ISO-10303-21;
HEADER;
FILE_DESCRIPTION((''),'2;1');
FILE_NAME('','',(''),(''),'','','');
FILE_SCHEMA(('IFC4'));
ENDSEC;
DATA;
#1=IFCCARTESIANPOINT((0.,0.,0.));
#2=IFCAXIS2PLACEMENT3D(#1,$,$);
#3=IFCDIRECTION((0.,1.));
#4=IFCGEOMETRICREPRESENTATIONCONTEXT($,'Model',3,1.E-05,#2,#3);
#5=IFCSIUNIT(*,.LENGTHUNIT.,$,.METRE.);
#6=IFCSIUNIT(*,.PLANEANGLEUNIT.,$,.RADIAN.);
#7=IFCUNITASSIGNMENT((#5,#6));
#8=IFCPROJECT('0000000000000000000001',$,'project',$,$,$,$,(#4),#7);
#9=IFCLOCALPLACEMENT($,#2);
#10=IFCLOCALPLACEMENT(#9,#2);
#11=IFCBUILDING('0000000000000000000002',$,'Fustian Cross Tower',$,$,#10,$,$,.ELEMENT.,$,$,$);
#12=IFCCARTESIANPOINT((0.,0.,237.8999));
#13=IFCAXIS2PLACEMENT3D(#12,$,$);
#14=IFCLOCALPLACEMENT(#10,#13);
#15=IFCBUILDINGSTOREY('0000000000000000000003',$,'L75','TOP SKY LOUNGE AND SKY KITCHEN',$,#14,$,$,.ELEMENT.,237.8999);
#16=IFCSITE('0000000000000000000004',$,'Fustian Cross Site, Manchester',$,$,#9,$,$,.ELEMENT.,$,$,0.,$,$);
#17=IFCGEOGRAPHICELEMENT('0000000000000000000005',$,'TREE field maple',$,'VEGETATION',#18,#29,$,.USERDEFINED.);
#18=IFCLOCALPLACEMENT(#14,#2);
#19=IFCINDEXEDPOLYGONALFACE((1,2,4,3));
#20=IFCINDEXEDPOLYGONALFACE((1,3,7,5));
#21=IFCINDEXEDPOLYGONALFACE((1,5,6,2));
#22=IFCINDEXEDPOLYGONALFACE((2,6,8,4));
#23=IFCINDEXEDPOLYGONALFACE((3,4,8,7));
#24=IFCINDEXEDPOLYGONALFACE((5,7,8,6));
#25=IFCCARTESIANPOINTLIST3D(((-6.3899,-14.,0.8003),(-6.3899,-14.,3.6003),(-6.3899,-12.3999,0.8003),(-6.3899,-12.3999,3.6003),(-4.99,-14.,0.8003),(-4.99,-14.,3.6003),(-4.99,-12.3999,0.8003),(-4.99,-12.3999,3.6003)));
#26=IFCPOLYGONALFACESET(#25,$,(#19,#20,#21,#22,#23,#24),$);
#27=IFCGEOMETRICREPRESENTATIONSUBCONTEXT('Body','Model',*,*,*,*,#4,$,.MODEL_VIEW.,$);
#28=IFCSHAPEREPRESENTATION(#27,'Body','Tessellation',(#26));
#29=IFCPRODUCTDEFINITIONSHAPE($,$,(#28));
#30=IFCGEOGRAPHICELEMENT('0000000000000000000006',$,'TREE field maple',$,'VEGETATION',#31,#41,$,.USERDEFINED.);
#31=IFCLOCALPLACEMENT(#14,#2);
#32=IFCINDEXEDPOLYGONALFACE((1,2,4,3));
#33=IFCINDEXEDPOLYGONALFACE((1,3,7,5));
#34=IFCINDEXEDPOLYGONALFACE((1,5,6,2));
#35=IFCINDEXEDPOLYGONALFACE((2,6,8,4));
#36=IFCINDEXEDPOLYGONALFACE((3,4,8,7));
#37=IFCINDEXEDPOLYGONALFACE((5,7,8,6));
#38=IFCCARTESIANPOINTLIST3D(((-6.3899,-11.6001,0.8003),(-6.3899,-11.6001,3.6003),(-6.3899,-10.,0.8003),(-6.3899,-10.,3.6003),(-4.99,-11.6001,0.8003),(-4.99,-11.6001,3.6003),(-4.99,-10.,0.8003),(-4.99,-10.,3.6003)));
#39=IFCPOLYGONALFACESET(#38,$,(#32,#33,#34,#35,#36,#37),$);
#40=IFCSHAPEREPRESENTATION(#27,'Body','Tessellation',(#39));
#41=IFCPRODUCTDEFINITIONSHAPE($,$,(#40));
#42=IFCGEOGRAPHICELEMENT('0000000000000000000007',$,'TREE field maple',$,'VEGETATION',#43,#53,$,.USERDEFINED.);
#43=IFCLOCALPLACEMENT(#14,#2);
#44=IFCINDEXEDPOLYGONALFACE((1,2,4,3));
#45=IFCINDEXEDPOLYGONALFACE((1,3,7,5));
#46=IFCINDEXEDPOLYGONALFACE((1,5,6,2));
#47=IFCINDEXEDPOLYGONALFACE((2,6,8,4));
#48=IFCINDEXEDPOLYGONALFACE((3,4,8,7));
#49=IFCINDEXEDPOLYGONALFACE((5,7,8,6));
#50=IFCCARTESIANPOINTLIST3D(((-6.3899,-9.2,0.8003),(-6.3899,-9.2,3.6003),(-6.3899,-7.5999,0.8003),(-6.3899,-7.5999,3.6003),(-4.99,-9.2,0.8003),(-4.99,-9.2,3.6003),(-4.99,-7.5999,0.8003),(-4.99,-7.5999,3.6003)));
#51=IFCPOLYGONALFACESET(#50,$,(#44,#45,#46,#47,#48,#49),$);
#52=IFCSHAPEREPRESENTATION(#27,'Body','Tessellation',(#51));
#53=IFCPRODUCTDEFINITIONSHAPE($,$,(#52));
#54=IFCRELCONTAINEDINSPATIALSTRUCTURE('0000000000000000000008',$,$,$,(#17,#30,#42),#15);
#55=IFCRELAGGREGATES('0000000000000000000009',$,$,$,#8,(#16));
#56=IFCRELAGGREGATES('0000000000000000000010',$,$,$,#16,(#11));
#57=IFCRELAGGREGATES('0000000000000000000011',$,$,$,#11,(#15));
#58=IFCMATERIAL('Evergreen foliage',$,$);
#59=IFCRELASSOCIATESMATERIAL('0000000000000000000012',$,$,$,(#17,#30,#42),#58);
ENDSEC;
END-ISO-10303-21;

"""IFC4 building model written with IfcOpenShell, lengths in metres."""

from ifc_helpers import new_model, si_unit, direction, frame, origin, origin_2d, place, context, subcontext, project, spatial, rectangle, extrude, material, element, save


model = new_model("IFC4")

# Units and contexts
model_context = context("Model", 3, precision=1e-05, world=origin(), true_north=direction((0.0, 1.0)))
body_context = subcontext(model_context, "Body", "Model", "MODEL_VIEW")
ifc_project = project(units=[si_unit("LENGTHUNIT", "METRE"), si_unit("PLANEANGLEUNIT", "RADIAN")], contexts=[model_context])

# Site, building, storey
site_placement = place(None, origin())
site = spatial("IfcSite", under=ifc_project, at=site_placement, Name="Fustian Cross Site, Manchester", CompositionType="ELEMENT", RefElevation=0.0)
building_placement = place(site_placement, origin())
building = spatial("IfcBuilding", under=site, at=building_placement, Name="Fustian Cross Tower", CompositionType="ELEMENT")
storey_placement = place(building_placement, frame((0.0, 0.0, 237.8999)))
storey = spatial("IfcBuildingStorey", under=building, at=storey_placement, Name="L75", Description="TOP SKY LOUNGE AND SKY KITCHEN", CompositionType="ELEMENT", Elevation=237.8999)

# Geographic elements
ifc_material_1 = material(Name="Evergreen foliage")
for number, where, z_axis, x_axis, name in (
    (1, (-5.6899, -13.2, 0.8003), (0.0, 0.0, 1.0), (1.0, 0.0, 0.0), "TREE field maple"),
    (2, (-5.6899, -10.8, 0.8003), (0.0, 0.0, 1.0), (1.0, 0.0, 0.0), "TREE field maple"),
    (3, (-5.6899, -8.3999, 0.8003), (0.0, 0.0, 1.0), (1.0, 0.0, 0.0), "TREE field maple"),
):
    element("IfcGeographicElement", number, at=place(storey_placement, frame(where, z_axis=z_axis, x_axis=x_axis)), inside=storey, material=ifc_material_1, Name=name, ObjectType="VEGETATION", PredefinedType="USERDEFINED", context=body_context, shape_type="SweptSolid", body=[
        extrude(rectangle(XDim=1.3999, YDim=1.6001, at=origin_2d()), origin(), (0.0, 0.0, 1.0), 2.8),
    ])

save(model, "model.ifc")
